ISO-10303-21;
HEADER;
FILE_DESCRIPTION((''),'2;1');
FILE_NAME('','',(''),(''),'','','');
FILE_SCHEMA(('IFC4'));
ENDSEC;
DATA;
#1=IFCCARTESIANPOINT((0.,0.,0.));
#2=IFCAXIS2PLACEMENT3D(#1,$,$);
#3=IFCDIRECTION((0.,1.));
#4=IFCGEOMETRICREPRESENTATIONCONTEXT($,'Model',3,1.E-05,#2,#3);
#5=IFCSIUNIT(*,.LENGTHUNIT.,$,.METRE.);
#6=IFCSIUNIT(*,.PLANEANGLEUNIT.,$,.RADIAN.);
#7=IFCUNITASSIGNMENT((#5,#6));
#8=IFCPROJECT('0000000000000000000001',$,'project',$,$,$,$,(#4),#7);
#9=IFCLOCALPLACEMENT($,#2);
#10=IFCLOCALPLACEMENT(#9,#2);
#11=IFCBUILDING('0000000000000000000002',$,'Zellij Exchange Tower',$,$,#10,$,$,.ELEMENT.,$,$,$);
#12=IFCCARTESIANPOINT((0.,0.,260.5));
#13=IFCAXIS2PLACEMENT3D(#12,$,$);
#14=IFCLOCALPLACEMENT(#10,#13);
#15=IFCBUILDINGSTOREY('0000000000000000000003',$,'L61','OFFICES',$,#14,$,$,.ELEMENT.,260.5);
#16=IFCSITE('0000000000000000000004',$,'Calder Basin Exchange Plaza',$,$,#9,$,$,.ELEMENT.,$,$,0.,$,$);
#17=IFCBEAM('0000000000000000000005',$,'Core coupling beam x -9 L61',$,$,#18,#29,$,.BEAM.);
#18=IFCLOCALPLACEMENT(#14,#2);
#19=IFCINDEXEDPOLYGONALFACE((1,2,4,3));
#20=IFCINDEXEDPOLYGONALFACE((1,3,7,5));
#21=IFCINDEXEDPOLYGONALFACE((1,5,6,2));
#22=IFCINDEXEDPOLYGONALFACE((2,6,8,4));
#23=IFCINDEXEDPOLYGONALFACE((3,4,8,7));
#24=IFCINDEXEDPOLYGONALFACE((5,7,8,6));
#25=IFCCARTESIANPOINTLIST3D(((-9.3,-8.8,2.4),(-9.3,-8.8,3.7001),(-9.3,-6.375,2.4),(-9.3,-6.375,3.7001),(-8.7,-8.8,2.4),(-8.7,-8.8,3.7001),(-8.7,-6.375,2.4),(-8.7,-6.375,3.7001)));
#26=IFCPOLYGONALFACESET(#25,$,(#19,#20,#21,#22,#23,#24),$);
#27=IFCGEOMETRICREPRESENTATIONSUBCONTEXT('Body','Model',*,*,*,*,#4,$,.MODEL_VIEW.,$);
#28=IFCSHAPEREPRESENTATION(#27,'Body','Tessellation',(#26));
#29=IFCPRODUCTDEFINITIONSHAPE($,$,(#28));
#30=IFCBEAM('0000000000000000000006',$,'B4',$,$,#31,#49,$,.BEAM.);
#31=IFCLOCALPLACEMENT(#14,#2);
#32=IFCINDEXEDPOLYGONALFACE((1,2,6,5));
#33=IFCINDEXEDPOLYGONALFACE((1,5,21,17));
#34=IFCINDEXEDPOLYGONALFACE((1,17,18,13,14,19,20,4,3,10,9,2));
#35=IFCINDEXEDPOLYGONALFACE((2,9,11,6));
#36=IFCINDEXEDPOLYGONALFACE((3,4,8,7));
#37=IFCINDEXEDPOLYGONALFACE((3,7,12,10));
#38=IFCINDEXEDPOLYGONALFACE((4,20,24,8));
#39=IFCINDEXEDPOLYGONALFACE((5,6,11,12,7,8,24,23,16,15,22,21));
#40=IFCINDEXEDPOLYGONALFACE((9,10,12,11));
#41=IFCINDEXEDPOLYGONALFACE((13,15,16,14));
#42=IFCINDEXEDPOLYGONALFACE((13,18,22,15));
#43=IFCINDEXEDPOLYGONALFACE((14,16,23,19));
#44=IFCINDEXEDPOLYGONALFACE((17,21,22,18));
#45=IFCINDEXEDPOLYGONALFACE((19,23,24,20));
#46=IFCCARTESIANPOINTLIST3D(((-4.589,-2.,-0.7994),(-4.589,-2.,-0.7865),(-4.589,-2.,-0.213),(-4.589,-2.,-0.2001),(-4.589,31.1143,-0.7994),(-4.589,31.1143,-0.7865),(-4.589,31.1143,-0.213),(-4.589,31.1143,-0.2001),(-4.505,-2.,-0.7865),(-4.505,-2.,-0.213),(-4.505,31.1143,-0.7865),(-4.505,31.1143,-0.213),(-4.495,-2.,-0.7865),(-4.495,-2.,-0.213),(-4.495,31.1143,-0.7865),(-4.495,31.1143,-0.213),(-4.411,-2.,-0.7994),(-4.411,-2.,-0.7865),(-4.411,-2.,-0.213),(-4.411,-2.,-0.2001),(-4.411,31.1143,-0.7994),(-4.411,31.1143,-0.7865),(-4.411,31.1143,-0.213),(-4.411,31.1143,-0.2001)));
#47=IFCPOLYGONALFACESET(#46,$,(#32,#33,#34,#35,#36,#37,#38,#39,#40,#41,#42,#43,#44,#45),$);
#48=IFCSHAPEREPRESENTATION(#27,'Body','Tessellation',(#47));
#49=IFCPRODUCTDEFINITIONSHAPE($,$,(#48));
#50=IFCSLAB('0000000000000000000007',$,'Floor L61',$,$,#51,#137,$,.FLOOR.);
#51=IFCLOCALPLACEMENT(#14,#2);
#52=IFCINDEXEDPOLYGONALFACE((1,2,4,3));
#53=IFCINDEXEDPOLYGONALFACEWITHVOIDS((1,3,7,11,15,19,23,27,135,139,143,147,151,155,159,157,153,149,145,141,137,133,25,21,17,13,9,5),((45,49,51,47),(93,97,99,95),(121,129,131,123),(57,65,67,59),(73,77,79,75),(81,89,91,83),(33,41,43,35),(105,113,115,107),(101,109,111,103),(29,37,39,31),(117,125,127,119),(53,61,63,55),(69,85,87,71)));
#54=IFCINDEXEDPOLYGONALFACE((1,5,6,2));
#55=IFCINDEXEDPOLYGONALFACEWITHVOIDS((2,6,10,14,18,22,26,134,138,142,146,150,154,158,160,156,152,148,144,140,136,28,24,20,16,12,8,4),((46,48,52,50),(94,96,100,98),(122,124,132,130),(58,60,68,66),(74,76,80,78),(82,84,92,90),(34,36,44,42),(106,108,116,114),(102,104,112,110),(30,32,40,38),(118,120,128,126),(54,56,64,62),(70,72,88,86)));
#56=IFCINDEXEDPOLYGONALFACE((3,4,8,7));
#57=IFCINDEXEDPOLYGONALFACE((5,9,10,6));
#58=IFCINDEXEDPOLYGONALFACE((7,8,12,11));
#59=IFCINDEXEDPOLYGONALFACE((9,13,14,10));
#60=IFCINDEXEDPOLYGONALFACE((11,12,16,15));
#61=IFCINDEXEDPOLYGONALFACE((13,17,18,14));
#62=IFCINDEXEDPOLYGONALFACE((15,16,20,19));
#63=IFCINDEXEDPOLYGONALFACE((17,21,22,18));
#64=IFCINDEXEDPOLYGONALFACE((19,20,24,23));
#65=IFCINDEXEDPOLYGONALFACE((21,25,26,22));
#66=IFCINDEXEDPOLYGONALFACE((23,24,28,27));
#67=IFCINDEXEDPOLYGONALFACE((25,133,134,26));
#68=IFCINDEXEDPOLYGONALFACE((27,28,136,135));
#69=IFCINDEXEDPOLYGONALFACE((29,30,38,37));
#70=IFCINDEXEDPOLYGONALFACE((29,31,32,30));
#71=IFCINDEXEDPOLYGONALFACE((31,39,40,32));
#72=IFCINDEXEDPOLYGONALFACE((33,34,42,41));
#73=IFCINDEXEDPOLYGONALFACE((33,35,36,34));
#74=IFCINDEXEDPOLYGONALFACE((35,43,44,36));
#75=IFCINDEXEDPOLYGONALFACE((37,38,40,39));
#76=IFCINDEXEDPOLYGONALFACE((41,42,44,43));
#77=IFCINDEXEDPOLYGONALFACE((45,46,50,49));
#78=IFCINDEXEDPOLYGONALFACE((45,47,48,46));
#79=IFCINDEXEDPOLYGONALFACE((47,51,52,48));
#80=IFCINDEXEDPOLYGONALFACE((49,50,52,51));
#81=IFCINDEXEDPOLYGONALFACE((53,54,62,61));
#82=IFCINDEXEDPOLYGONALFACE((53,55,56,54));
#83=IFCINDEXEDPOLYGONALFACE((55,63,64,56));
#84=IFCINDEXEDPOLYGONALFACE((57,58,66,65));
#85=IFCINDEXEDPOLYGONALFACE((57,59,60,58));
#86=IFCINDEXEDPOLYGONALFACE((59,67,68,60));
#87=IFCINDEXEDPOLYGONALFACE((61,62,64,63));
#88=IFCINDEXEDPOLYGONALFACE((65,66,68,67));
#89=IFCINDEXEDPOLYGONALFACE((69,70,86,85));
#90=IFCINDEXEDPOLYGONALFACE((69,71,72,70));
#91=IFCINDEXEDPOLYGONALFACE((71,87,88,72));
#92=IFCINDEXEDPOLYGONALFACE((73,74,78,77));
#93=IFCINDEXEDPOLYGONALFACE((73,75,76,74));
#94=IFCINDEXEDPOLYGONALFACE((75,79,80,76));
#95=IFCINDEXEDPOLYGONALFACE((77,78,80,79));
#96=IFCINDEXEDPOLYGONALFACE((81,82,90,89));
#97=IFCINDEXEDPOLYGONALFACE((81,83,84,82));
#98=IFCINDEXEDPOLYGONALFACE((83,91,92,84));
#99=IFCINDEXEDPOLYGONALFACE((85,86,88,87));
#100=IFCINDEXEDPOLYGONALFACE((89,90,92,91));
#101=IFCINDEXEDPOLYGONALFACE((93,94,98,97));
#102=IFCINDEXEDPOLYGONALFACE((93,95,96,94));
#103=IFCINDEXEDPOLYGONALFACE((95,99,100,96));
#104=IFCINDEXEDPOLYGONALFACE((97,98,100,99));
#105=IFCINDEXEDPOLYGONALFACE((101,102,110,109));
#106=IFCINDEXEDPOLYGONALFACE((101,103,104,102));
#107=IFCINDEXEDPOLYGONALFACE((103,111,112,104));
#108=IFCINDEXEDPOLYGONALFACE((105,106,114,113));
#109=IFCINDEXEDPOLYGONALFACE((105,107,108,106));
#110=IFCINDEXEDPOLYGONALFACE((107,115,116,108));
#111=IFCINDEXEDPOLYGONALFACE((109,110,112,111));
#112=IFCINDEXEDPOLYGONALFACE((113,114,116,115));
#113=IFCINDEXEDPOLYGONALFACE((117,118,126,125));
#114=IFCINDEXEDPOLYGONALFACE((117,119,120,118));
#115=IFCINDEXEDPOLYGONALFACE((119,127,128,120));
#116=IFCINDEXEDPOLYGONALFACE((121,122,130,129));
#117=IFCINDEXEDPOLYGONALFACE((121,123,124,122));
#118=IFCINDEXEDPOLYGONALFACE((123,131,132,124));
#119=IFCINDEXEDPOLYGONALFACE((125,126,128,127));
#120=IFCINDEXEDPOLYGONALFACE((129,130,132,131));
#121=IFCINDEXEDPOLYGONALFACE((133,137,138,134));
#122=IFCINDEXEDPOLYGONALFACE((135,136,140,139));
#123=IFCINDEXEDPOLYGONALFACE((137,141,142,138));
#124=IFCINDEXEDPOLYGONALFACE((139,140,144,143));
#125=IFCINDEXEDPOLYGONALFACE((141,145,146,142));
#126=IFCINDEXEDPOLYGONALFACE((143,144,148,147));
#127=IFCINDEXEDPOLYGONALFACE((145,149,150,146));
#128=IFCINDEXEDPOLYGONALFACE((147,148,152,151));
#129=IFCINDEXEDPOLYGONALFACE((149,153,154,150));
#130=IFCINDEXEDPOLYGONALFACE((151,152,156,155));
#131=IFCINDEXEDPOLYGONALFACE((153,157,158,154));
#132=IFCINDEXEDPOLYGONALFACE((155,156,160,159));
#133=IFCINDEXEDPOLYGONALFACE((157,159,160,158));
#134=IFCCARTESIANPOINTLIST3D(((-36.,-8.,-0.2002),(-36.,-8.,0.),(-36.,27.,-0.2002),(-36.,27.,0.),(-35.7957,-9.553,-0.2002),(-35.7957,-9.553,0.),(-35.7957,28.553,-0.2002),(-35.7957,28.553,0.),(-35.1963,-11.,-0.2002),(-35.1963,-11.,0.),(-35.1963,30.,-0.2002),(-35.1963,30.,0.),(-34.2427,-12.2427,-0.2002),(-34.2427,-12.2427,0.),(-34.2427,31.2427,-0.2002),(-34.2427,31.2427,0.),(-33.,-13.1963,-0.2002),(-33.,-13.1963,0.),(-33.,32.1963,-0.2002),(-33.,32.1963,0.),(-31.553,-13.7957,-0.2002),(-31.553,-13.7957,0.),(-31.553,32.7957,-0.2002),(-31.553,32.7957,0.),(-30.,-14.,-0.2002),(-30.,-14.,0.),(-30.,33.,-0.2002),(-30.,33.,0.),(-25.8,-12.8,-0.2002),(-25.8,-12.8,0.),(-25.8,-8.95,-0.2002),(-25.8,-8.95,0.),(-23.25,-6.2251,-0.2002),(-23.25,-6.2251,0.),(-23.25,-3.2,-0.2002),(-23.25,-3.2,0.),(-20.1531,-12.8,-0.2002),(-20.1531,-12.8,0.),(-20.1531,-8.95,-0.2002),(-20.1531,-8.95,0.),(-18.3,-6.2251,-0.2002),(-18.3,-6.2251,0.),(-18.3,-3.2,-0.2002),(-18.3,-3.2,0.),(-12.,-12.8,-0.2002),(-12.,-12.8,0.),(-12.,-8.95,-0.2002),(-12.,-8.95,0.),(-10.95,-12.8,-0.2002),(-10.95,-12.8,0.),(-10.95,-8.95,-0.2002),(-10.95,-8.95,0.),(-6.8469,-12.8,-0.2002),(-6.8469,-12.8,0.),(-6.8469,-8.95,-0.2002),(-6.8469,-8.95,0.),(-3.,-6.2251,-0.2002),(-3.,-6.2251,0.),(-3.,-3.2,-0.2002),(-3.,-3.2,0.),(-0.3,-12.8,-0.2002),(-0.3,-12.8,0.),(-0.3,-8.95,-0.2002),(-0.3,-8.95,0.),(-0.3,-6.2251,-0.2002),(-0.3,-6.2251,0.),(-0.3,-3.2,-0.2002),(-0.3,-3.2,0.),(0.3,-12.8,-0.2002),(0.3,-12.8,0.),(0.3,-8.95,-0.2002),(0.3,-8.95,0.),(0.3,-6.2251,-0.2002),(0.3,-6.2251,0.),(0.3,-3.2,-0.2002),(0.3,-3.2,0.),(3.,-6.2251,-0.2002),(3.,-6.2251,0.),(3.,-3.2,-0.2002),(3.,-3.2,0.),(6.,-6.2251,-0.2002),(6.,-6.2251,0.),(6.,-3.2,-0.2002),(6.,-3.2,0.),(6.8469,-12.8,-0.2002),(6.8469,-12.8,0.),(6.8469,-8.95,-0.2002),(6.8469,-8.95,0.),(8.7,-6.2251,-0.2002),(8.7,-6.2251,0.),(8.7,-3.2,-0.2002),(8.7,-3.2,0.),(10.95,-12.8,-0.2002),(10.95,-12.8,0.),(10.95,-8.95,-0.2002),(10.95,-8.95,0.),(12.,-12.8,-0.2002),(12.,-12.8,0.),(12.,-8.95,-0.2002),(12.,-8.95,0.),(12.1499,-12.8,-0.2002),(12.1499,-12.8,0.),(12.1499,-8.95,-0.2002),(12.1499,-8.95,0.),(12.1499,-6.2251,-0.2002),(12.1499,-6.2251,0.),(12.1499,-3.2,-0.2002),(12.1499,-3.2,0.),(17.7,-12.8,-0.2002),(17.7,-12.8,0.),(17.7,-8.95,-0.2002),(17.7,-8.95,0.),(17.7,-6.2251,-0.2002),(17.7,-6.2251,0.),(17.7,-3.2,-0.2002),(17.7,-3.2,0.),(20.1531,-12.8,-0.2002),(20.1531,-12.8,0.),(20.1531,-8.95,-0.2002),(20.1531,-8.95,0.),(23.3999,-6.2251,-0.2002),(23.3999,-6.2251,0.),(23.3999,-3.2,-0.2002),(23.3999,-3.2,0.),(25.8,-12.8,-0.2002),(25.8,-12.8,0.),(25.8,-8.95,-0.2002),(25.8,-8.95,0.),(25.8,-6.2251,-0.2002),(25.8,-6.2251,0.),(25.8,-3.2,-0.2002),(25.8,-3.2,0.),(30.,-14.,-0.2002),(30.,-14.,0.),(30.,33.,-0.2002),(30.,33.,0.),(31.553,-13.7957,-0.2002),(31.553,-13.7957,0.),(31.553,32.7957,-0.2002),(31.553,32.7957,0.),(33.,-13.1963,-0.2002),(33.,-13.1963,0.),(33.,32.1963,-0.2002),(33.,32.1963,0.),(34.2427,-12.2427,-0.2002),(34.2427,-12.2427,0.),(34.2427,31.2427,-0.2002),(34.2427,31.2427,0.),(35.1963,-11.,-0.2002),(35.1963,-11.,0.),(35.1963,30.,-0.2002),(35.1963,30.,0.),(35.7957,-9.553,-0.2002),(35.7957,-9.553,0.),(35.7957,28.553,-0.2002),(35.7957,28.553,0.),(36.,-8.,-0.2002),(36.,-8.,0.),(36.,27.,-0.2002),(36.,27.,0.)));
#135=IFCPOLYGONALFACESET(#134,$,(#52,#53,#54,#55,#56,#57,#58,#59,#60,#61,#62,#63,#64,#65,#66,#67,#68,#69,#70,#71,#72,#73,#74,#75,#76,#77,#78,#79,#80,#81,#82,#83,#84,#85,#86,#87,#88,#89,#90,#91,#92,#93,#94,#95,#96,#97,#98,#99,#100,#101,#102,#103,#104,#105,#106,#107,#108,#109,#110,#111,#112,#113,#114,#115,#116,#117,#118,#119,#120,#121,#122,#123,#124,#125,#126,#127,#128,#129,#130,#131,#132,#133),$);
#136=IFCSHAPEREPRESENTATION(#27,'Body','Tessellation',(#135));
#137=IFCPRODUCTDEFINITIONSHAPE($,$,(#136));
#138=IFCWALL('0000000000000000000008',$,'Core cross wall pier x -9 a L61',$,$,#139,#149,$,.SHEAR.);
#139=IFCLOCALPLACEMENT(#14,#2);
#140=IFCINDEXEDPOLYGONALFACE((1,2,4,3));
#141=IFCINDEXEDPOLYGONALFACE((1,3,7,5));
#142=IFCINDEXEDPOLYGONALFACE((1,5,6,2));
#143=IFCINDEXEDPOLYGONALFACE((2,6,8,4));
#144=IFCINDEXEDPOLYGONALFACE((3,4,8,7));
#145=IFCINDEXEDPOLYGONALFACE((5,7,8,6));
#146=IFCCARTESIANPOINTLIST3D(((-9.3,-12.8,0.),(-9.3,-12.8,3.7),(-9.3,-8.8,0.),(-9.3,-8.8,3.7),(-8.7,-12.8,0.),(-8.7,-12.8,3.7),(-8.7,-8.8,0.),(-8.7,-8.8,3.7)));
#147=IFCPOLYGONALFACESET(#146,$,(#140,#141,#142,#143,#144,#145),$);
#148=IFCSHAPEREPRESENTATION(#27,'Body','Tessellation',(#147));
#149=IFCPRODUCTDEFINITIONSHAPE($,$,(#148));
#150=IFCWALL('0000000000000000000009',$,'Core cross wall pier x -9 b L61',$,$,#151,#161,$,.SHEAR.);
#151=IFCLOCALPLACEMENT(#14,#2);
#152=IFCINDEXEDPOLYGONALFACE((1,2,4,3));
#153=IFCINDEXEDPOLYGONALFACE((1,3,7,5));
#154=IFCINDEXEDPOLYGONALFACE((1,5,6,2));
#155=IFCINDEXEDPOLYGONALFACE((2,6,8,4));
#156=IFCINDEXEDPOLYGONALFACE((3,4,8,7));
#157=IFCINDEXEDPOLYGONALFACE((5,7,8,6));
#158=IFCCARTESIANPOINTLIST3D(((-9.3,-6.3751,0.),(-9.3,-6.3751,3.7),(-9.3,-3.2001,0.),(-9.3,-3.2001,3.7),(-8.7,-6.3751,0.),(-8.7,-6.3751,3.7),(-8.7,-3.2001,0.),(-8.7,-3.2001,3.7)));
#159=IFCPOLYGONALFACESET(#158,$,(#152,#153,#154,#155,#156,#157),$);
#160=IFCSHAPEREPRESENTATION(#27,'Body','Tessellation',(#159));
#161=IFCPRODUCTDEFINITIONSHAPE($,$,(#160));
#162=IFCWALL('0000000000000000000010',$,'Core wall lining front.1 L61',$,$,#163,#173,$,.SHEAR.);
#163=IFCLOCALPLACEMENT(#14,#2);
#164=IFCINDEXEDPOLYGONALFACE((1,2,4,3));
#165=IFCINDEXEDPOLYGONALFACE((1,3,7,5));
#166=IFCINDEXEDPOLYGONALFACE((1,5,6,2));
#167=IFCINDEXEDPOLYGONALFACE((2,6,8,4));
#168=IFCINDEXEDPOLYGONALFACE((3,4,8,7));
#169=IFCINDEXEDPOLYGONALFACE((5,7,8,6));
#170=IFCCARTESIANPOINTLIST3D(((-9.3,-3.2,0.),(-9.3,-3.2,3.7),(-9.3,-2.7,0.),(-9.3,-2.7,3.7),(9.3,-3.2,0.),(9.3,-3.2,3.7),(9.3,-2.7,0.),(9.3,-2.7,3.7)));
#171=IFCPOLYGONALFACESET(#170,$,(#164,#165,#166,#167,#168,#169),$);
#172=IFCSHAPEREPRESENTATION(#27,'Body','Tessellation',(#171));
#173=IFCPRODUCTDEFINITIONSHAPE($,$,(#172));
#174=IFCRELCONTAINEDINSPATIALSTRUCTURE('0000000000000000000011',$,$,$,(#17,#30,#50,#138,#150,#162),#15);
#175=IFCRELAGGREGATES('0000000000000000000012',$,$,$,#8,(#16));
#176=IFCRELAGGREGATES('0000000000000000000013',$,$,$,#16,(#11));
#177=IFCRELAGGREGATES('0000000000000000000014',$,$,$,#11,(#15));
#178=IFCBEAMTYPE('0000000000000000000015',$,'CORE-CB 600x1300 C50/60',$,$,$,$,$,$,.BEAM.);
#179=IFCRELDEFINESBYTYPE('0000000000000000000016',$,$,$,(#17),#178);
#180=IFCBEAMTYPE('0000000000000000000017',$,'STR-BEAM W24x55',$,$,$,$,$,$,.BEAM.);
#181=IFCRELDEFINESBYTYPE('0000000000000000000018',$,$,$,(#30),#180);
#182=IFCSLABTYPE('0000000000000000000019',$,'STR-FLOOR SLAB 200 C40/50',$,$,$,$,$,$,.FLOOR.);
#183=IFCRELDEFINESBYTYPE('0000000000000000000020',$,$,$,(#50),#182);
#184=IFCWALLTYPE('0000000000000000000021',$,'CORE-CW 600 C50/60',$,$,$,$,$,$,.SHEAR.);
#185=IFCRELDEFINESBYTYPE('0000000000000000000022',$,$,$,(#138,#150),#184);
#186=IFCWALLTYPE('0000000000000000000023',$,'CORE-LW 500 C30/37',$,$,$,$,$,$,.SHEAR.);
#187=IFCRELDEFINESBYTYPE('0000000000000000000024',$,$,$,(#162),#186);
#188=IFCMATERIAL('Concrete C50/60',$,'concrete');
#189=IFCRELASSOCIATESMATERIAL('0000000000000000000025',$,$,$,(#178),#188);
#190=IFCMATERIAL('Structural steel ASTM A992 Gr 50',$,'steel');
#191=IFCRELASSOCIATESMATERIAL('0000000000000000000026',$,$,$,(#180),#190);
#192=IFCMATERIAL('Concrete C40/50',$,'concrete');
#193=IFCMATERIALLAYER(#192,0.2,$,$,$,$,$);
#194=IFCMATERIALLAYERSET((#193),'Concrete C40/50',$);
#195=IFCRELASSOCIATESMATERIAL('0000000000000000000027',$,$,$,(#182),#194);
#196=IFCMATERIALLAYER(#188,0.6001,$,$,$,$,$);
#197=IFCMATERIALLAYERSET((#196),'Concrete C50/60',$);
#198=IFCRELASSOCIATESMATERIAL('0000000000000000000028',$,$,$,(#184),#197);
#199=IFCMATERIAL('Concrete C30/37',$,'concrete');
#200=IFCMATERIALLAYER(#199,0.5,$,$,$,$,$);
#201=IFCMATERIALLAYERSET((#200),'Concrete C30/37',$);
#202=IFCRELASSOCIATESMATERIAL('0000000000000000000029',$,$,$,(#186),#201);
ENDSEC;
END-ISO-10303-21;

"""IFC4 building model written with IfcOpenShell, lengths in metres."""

from ifc_helpers import new_model, si_unit, direction, frame, frame_2d, origin, origin_2d, place, context, subcontext, project, spatial, polyline, rectangle, i_section, outline, extrude, material, layer, layer_set, material_profile, profile_set, type_object, element, save


model = new_model("IFC4")

# Units and contexts
model_context = context("Model", 3, precision=1e-05, world=origin(), true_north=direction((0.0, 1.0)))
body_context = subcontext(model_context, "Body", "Model", "MODEL_VIEW")
ifc_project = project(units=[si_unit("LENGTHUNIT", "METRE"), si_unit("PLANEANGLEUNIT", "RADIAN")], contexts=[model_context])

# Site, building, storey
site_placement = place(None, origin())
site = spatial("IfcSite", under=ifc_project, at=site_placement, Name="Calder Basin Exchange Plaza", CompositionType="ELEMENT", RefElevation=0.0)
building_placement = place(site_placement, origin())
building = spatial("IfcBuilding", under=site, at=building_placement, Name="Zellij Exchange Tower", CompositionType="ELEMENT")
storey_placement = place(building_placement, frame((0.0, 0.0, 260.5)))
storey = spatial("IfcBuildingStorey", under=building, at=storey_placement, Name="L61", Description="OFFICES", CompositionType="ELEMENT", Elevation=260.5)

# Beams
ifc_material_1 = material(Name="Concrete C50/60", Category="concrete")
ifc_material_profile_1 = material_profile(ifc_material_1, rectangle(XDim=0.6001, YDim=1.3, at=origin_2d()), Name="CORE-CB 600x1300 C50/60")
ifc_profile_set_1 = profile_set([ifc_material_profile_1], Name="Concrete C50/60")
beam_type_1 = type_object("IfcBeamType", Name="CORE-CB 600x1300 C50/60", PredefinedType="BEAM", material=ifc_profile_set_1)
beam_1_placement = place(storey_placement, frame((-9.0, -8.8, 3.05), z_axis=(0.0, 1.0, 0.0), x_axis=(-1.0, 0.0, 0.0)))
element("IfcBeam", 1, at=beam_1_placement, inside=storey, type_object=beam_type_1, Name="Core coupling beam x -9 L61", PredefinedType="BEAM", context=body_context, shape_type="SweptSolid", body=[
    extrude(rectangle(XDim=0.6001, YDim=1.3, at=origin_2d()), origin(), (0.0, 0.0, 1.0), 2.425),
])
ifc_material_2 = material(Name="Structural steel ASTM A992 Gr 50", Category="steel")
ifc_material_profile_2 = material_profile(ifc_material_2, i_section(OverallWidth=0.178, OverallDepth=0.5994, WebThickness=0.01, FlangeThickness=0.0129, at=origin_2d()), Name="W24x55")
ifc_profile_set_2 = profile_set([ifc_material_profile_2], Name="Structural steel ASTM A992 Gr 50")
beam_type_2 = type_object("IfcBeamType", Name="STR-BEAM W24x55", PredefinedType="BEAM", material=ifc_profile_set_2)
beam_2_placement = place(storey_placement, frame((-4.5, -2.0, -0.4998), z_axis=(0.0, 1.0, 0.0), x_axis=(-1.0, 0.0, 0.0)))
element("IfcBeam", 2, at=beam_2_placement, inside=storey, type_object=beam_type_2, Name="B4", PredefinedType="BEAM", context=body_context, shape_type="SweptSolid", body=[
    extrude(i_section(OverallWidth=0.178, OverallDepth=0.5994, WebThickness=0.01, FlangeThickness=0.0129, at=origin_2d()), origin(), (0.0, 0.0, 1.0), 33.1143),
])

# Slab
ifc_material_3 = material(Name="Concrete C40/50", Category="concrete")
ifc_layer_1 = layer(ifc_material_3, 0.2)
ifc_layer_set_1 = layer_set([ifc_layer_1], Name="Concrete C40/50")
slab_type = type_object("IfcSlabType", Name="STR-FLOOR SLAB 200 C40/50", PredefinedType="FLOOR", material=ifc_layer_set_1)
slab_placement = place(storey_placement, frame((0.0, 0.0, -0.2002)))
element("IfcSlab", 3, at=slab_placement, inside=storey, type_object=slab_type, Name="Floor L61", PredefinedType="FLOOR", context=body_context, shape_type="SweptSolid", body=[
    extrude(outline(polyline([(-30.0, -14.0), (-31.553, -13.7957), (-33.0, -13.1963), (-34.2427, -12.2427), (-35.1963, -11.0), (-35.7957, -9.553), (-36.0, -8.0), (-36.0, 27.0), (-35.7957, 28.553), (-35.1963, 30.0), (-34.2427, 31.2427), (-33.0, 32.1963), (-31.553, 32.7957), (-30.0, 33.0), (30.0, 33.0), (31.553, 32.7957), (33.0, 32.1963), (34.2427, 31.2427), (35.1963, 30.0), (35.7957, 28.553), (36.0, 27.0), (36.0, -8.0), (35.7957, -9.553), (35.1963, -11.0), (34.2427, -12.2427), (33.0, -13.1963), (31.553, -13.7957), (30.0, -14.0), (-30.0, -14.0)]), holes=[polyline([(-25.8, -8.95), (-25.8, -12.8), (-20.1531, -12.8), (-20.1531, -8.95), (-25.8, -8.95)]), polyline([(-10.95, -8.95), (-12.0, -8.95), (-12.0, -12.8), (-10.95, -12.8), (-10.95, -8.95)]), polyline([(-0.3, -8.95), (-6.8469, -8.95), (-6.8469, -12.8), (-0.3, -12.8), (-0.3, -8.95)]), polyline([(0.3, -8.95), (0.3, -12.8), (6.8469, -12.8), (6.8469, -8.95), (0.3, -8.95)]), polyline([(-18.3, -3.2), (-23.25, -3.2), (-23.25, -6.2251), (-18.3, -6.2251), (-18.3, -3.2)]), polyline([(-0.3, -3.2), (-3.0, -3.2), (-3.0, -6.2251), (-0.3, -6.2251), (-0.3, -3.2)]), polyline([(0.3, -3.2), (0.3, -6.2251), (3.0, -6.2251), (3.0, -3.2), (0.3, -3.2)]), polyline([(12.0, -8.95), (10.95, -8.95), (10.95, -12.8), (12.0, -12.8), (12.0, -8.95)]), polyline([(17.7, -8.95), (12.1499, -8.95), (12.1499, -12.8), (17.7, -12.8), (17.7, -8.95)]), polyline([(25.8, -8.95), (20.1531, -8.95), (20.1531, -12.8), (25.8, -12.8), (25.8, -8.95)]), polyline([(8.7, -3.2), (6.0, -3.2), (6.0, -6.2251), (8.7, -6.2251), (8.7, -3.2)]), polyline([(17.7, -3.2), (12.1499, -3.2), (12.1499, -6.2251), (17.7, -6.2251), (17.7, -3.2)]), polyline([(25.8, -3.2), (23.3999, -3.2), (23.3999, -6.2251), (25.8, -6.2251), (25.8, -3.2)])]), origin(), (0.0, 0.0, 1.0), 0.2002),
])

# Walls
ifc_layer_2 = layer(ifc_material_1, 0.6001)
ifc_layer_set_2 = layer_set([ifc_layer_2], Name="Concrete C50/60")
wall_type_1 = type_object("IfcWallType", Name="CORE-CW 600 C50/60", PredefinedType="SHEAR", material=ifc_layer_set_2)
wall_1_placement = place(storey_placement, frame((-9.0, -12.8, 0.0), z_axis=(0.0, 0.0, 1.0), x_axis=(0.0, 1.0, 0.0)))
element("IfcWall", 4, at=wall_1_placement, inside=storey, type_object=wall_type_1, Name="Core cross wall pier x -9 a L61", PredefinedType="SHEAR", context=body_context, shape_type="SweptSolid", body=[
    extrude(rectangle(XDim=4.0, YDim=0.6001, at=frame_2d((2.0, 0.0))), origin(), (0.0, 0.0, 1.0), 3.7),
])
wall_2_placement = place(storey_placement, frame((-9.0, -6.375, 0.0), z_axis=(0.0, 0.0, 1.0), x_axis=(0.0, 1.0, 0.0)))
element("IfcWall", 5, at=wall_2_placement, inside=storey, type_object=wall_type_1, Name="Core cross wall pier x -9 b L61", PredefinedType="SHEAR", context=body_context, shape_type="SweptSolid", body=[
    extrude(rectangle(XDim=3.175, YDim=0.6001, at=frame_2d((1.5874, 0.0))), origin(), (0.0, 0.0, 1.0), 3.7),
])
ifc_material_4 = material(Name="Concrete C30/37", Category="concrete")
ifc_layer_3 = layer(ifc_material_4, 0.5)
ifc_layer_set_3 = layer_set([ifc_layer_3], Name="Concrete C30/37")
wall_type_2 = type_object("IfcWallType", Name="CORE-LW 500 C30/37", PredefinedType="SHEAR", material=ifc_layer_set_3)
wall_3_placement = place(storey_placement, frame((-9.3, -2.95, 0.0), z_axis=(0.0, 0.0, 1.0), x_axis=(1.0, 0.0, 0.0)))
element("IfcWall", 6, at=wall_3_placement, inside=storey, type_object=wall_type_2, Name="Core wall lining front.1 L61", PredefinedType="SHEAR", context=body_context, shape_type="SweptSolid", body=[
    extrude(rectangle(XDim=18.6001, YDim=0.5, at=frame_2d((9.3, 0.0))), origin(), (0.0, 0.0, 1.0), 3.7),
])

save(model, "model.ifc")
